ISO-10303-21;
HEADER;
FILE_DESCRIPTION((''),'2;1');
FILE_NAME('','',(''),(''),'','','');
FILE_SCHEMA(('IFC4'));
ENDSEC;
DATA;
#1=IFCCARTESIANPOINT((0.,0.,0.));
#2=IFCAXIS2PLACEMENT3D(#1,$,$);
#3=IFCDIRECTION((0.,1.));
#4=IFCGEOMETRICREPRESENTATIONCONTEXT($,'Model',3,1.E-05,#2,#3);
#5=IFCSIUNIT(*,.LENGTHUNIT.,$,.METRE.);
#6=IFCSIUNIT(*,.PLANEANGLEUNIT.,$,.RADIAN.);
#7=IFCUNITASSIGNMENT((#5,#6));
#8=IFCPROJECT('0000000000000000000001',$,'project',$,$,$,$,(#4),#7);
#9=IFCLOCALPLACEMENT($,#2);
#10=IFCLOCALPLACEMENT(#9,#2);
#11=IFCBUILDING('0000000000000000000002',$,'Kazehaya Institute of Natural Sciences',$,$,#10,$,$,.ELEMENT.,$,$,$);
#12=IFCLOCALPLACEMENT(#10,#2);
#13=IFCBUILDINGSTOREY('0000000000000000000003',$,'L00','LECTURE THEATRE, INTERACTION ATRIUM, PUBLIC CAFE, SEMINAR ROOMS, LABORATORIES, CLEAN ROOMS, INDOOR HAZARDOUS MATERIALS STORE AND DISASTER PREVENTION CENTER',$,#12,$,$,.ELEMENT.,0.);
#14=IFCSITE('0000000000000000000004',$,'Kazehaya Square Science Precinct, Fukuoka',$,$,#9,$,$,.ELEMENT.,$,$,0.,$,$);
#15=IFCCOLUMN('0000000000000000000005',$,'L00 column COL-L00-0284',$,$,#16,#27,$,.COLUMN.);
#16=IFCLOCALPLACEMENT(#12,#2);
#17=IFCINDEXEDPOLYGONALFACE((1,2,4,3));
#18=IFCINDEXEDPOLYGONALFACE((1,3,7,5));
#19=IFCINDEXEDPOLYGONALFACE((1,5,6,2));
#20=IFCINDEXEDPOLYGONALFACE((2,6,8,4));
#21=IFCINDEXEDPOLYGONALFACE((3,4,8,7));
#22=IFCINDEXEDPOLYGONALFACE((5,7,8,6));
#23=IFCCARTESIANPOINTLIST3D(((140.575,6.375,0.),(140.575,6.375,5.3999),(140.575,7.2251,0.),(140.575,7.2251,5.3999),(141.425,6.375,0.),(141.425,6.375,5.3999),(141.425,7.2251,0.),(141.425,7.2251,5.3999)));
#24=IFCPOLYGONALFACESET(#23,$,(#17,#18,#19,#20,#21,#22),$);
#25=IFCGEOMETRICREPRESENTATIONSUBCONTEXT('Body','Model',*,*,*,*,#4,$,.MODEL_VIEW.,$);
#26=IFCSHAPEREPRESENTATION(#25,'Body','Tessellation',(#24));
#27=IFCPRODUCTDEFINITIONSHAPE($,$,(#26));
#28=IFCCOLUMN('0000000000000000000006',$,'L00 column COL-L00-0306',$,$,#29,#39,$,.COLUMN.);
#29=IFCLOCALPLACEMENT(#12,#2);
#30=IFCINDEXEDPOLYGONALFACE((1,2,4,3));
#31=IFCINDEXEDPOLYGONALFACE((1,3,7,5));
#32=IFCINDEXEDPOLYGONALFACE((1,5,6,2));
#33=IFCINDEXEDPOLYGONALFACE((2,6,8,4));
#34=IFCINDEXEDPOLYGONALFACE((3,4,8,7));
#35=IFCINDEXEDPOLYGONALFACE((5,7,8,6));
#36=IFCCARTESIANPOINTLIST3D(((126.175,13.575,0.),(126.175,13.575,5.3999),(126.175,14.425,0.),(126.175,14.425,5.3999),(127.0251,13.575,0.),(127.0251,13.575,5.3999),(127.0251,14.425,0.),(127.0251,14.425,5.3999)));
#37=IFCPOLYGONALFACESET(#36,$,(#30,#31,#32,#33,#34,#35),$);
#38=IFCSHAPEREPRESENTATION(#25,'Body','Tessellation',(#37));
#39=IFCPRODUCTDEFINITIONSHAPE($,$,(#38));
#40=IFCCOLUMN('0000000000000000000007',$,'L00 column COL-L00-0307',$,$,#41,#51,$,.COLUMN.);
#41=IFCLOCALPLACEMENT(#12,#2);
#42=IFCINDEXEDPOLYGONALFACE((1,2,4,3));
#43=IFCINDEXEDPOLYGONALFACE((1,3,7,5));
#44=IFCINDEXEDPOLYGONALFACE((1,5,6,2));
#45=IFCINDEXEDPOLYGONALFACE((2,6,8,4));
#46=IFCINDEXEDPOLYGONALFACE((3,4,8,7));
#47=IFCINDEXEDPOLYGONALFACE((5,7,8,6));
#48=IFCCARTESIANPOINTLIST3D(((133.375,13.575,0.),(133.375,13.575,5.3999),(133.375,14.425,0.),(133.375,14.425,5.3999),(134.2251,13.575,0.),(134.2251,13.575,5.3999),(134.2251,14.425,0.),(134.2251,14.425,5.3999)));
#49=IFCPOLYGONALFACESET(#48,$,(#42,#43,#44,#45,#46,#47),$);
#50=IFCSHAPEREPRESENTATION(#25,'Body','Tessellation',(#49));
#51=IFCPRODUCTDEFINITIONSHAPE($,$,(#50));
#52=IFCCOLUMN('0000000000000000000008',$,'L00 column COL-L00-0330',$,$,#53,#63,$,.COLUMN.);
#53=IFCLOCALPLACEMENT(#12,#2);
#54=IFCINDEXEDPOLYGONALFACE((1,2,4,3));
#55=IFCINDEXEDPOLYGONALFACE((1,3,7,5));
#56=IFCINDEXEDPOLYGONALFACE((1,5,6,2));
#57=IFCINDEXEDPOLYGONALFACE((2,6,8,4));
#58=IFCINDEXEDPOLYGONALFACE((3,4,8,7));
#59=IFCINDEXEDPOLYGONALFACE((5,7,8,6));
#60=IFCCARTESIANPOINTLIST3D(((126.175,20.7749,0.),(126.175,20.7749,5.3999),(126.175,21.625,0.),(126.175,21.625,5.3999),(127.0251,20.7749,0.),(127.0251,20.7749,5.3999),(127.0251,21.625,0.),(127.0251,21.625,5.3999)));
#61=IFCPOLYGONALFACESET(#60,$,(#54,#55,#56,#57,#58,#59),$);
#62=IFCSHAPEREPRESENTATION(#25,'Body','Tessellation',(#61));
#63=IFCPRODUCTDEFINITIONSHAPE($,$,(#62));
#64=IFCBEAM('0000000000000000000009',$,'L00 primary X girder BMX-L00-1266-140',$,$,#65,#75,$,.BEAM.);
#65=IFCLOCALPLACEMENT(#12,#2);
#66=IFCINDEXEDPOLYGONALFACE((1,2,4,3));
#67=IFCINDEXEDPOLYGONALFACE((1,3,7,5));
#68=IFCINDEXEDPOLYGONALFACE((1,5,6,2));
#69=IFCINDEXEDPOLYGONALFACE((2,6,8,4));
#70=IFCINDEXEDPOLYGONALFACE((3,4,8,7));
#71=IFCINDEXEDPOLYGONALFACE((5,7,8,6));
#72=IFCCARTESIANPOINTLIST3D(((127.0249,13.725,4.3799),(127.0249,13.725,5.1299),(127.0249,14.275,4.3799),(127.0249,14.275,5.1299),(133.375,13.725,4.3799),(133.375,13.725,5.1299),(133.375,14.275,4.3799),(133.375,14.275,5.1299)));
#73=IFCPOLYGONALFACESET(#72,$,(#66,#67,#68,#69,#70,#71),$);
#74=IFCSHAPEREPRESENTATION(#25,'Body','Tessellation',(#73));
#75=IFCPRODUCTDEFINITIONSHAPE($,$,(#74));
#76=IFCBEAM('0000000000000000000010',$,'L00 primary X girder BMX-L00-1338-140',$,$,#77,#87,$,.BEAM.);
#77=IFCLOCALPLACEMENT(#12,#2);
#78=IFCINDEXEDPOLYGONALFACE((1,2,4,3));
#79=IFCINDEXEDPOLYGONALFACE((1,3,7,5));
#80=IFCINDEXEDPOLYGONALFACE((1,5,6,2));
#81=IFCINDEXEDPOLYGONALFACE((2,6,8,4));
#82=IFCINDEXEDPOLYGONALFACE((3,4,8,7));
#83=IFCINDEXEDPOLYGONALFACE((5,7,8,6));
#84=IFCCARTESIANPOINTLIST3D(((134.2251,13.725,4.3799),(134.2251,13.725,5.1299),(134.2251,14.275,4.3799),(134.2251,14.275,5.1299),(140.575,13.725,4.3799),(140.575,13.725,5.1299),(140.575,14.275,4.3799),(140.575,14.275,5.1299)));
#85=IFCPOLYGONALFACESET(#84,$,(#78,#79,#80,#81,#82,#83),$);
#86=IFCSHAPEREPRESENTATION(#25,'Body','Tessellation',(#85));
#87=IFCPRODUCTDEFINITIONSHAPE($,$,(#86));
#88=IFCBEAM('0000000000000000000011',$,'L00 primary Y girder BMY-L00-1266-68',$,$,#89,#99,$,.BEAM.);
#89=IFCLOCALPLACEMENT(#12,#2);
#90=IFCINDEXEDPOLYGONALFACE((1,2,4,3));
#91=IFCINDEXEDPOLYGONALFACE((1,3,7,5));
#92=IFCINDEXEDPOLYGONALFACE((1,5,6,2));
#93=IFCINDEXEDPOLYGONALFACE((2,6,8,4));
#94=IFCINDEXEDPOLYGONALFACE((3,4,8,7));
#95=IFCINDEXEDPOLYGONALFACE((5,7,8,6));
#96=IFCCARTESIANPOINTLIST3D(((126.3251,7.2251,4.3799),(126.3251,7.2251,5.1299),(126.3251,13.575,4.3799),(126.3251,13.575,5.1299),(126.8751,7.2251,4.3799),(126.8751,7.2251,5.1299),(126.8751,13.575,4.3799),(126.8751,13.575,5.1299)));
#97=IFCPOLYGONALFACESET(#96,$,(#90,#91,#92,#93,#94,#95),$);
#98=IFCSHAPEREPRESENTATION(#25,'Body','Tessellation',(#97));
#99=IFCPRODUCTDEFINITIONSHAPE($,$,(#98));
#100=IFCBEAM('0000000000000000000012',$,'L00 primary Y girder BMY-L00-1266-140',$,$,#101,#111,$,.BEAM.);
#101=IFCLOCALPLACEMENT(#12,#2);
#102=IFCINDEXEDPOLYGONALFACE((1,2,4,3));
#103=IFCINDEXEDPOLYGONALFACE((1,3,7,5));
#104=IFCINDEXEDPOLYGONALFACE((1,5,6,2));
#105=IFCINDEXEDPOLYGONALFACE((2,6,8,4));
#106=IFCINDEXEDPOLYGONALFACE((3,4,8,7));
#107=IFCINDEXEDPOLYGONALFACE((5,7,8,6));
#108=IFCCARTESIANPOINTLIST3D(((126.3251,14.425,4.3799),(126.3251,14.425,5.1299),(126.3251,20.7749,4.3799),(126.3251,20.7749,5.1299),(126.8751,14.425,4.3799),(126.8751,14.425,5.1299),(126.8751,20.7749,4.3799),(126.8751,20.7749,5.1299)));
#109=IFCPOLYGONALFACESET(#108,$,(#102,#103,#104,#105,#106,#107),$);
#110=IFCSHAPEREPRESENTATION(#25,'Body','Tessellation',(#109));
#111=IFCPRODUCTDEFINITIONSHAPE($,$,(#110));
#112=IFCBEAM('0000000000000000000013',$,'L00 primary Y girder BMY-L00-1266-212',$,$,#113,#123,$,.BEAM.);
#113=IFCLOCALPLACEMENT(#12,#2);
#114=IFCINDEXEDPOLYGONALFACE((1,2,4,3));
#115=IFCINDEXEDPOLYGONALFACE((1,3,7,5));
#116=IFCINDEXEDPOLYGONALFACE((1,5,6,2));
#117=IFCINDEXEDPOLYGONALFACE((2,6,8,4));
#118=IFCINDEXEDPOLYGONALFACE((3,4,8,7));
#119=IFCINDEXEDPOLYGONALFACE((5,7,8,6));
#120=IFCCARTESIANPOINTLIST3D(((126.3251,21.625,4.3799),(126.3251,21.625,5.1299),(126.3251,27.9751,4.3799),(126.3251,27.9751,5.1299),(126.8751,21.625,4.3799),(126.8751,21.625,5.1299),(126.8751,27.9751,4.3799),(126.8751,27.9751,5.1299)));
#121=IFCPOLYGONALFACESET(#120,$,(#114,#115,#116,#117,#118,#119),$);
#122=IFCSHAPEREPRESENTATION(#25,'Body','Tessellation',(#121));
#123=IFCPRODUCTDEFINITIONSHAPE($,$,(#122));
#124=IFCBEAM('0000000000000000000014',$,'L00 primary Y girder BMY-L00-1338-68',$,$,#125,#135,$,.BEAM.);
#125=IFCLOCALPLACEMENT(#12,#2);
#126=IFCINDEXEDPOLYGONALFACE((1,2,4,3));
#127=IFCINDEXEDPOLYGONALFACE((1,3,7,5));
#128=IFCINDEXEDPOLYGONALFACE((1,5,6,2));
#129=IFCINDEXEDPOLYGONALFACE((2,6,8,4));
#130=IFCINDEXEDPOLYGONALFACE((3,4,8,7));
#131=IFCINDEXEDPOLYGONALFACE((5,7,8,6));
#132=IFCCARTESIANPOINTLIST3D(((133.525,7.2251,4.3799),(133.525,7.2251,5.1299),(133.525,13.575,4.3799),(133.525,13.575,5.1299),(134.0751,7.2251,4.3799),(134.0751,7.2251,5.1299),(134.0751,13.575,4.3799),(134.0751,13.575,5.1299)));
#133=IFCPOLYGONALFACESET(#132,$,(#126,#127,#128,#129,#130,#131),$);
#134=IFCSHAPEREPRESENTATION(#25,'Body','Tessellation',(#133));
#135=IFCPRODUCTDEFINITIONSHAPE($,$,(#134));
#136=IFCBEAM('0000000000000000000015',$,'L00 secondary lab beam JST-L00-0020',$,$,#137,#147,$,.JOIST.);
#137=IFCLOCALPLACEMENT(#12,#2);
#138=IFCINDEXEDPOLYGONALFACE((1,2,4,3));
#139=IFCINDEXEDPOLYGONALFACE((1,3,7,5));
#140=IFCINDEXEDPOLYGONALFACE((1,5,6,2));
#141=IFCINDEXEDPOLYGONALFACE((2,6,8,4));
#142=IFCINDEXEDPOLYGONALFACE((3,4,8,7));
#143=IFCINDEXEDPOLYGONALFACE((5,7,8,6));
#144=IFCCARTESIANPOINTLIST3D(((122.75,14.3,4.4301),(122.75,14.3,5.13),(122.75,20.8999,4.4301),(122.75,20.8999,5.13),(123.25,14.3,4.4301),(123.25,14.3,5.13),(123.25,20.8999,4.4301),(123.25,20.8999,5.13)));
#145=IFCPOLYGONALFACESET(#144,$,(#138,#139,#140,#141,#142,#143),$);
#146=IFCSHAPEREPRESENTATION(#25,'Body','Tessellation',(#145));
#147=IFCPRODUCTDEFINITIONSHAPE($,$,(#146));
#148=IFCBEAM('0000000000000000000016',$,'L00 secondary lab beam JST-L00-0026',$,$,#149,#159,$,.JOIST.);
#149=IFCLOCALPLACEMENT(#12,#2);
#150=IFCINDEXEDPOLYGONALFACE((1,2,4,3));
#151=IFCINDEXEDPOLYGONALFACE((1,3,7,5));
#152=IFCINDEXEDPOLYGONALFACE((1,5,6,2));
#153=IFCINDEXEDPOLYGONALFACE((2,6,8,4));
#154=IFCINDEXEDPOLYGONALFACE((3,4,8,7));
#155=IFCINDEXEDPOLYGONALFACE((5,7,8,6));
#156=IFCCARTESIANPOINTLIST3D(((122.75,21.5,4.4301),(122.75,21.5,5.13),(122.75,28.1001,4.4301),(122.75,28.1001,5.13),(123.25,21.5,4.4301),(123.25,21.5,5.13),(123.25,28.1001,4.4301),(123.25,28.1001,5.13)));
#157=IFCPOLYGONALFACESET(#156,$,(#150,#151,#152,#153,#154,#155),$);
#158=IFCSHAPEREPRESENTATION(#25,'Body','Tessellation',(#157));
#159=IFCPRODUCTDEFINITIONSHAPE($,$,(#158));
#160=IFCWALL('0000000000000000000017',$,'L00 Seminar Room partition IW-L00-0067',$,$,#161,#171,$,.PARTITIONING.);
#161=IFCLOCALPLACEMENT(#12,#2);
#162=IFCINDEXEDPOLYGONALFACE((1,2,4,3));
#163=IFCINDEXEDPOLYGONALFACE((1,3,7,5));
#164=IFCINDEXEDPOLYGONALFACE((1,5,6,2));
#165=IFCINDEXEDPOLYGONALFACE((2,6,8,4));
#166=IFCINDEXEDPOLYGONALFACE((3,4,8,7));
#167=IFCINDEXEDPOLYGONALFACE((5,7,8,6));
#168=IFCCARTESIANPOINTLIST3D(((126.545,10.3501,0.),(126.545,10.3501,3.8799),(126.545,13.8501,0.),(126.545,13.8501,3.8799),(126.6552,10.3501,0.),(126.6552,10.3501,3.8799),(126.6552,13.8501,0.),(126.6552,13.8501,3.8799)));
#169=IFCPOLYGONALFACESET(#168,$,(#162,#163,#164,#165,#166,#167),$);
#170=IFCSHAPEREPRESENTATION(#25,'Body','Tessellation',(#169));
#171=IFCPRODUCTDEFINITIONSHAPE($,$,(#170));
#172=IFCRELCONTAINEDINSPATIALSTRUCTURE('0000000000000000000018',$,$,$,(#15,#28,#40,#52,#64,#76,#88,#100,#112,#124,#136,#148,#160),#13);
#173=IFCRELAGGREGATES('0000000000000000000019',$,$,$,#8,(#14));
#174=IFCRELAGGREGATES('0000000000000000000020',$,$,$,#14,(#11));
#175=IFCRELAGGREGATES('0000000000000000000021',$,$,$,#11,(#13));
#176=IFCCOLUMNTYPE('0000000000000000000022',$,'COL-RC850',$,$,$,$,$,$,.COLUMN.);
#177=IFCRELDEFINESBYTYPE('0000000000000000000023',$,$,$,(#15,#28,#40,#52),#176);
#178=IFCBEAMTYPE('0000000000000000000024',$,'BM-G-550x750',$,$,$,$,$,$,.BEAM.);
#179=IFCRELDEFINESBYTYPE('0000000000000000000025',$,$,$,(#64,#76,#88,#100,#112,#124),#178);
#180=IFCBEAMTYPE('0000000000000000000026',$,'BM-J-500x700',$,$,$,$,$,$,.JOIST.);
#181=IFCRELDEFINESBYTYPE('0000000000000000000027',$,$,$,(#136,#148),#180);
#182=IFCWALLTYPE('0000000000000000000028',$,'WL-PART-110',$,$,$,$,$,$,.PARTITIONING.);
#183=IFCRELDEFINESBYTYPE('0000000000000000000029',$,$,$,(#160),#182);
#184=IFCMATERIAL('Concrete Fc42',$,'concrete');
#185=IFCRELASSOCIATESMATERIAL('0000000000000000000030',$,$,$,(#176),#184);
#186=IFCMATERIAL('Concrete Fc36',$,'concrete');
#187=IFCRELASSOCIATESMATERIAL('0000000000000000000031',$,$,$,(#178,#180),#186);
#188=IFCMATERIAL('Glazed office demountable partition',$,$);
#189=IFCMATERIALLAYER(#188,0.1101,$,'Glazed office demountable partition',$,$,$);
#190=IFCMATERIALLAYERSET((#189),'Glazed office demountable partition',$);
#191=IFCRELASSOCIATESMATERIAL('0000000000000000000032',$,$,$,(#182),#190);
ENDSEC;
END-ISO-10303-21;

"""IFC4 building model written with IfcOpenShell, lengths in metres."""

from ifc_helpers import new_model, si_unit, direction, frame, frame_2d, origin, origin_2d, place, context, subcontext, project, spatial, rectangle, extrude, material, layer, layer_set, material_profile, profile_set, type_object, element, save


model = new_model("IFC4")

# Units and contexts
model_context = context("Model", 3, precision=1e-05, world=origin(), true_north=direction((0.0, 1.0)))
body_context = subcontext(model_context, "Body", "Model", "MODEL_VIEW")
ifc_project = project(units=[si_unit("LENGTHUNIT", "METRE"), si_unit("PLANEANGLEUNIT", "RADIAN")], contexts=[model_context])

# Site, building, storey
site_placement = place(None, origin())
site = spatial("IfcSite", under=ifc_project, at=site_placement, Name="Kazehaya Square Science Precinct, Fukuoka", CompositionType="ELEMENT", RefElevation=0.0)
building_placement = place(site_placement, origin())
building = spatial("IfcBuilding", under=site, at=building_placement, Name="Kazehaya Institute of Natural Sciences", CompositionType="ELEMENT")
storey_placement = place(building_placement, origin())
storey = spatial("IfcBuildingStorey", under=building, at=storey_placement, Name="L00", Description="LECTURE THEATRE, INTERACTION ATRIUM, PUBLIC CAFE, SEMINAR ROOMS, LABORATORIES, CLEAN ROOMS, INDOOR HAZARDOUS MATERIALS STORE AND DISASTER PREVENTION CENTER", CompositionType="ELEMENT", Elevation=0.0)

# Columns
ifc_material_1 = material(Name="Concrete Fc42", Category="concrete")
ifc_material_profile_1 = material_profile(ifc_material_1, rectangle(XDim=0.8501, YDim=0.8501, at=origin_2d()), Name="RC-850x850")
ifc_profile_set_1 = profile_set([ifc_material_profile_1], Name="Concrete Fc42")
column_type = type_object("IfcColumnType", Name="COL-RC850", PredefinedType="COLUMN", material=ifc_profile_set_1)
for number, where, z_axis, x_axis, name in (
    (1, (141.0, 6.8, 0.0), (0.0, 0.0, 1.0), (1.0, 0.0, 0.0), "L00 column COL-L00-0284"),
    (2, (126.6001, 14.0, 0.0), (0.0, 0.0, 1.0), (1.0, 0.0, 0.0), "L00 column COL-L00-0306"),
    (3, (133.8, 14.0, 0.0), (0.0, 0.0, 1.0), (1.0, 0.0, 0.0), "L00 column COL-L00-0307"),
    (4, (126.6001, 21.2, 0.0), (0.0, 0.0, 1.0), (1.0, 0.0, 0.0), "L00 column COL-L00-0330"),
):
    element("IfcColumn", number, at=place(storey_placement, frame(where, z_axis=z_axis, x_axis=x_axis)), inside=storey, type_object=column_type, Name=name, PredefinedType="COLUMN", context=body_context, shape_type="SweptSolid", body=[
        extrude(rectangle(XDim=0.8501, YDim=0.8501, at=origin_2d()), origin(), (0.0, 0.0, 1.0), 5.3999),
    ])

# Beams
ifc_material_2 = material(Name="Concrete Fc36", Category="concrete")
ifc_material_profile_2 = material_profile(ifc_material_2, rectangle(XDim=0.55, YDim=0.75, at=origin_2d()), Name="RC-550x750")
ifc_profile_set_2 = profile_set([ifc_material_profile_2], Name="Concrete Fc36")
beam_type_1 = type_object("IfcBeamType", Name="BM-G-550x750", PredefinedType="BEAM", material=ifc_profile_set_2)
beam_1_placement = place(storey_placement, frame((127.0249, 14.0, 4.7549), z_axis=(1.0, 0.0, 0.0), x_axis=(0.0, 1.0, 0.0)))
element("IfcBeam", 5, at=beam_1_placement, inside=storey, type_object=beam_type_1, Name="L00 primary X girder BMX-L00-1266-140", PredefinedType="BEAM", context=body_context, shape_type="SweptSolid", body=[
    extrude(rectangle(XDim=0.55, YDim=0.75, at=origin_2d()), origin(), (0.0, 0.0, 1.0), 6.3501),
])
for number, where, z_axis, x_axis, name in (
    (6, (134.2251, 14.0, 4.7549), (1.0, 0.0, 0.0), (0.0, 1.0, 0.0), "L00 primary X girder BMX-L00-1338-140"),
    (7, (126.6001, 7.2251, 4.7549), (0.0, 1.0, 0.0), (-1.0, 0.0, 0.0), "L00 primary Y girder BMY-L00-1266-68"),
    (8, (126.6001, 14.425, 4.7549), (0.0, 1.0, 0.0), (-1.0, 0.0, 0.0), "L00 primary Y girder BMY-L00-1266-140"),
):
    element("IfcBeam", number, at=place(storey_placement, frame(where, z_axis=z_axis, x_axis=x_axis)), inside=storey, type_object=beam_type_1, Name=name, PredefinedType="BEAM", context=body_context, shape_type="SweptSolid", body=[
        extrude(rectangle(XDim=0.55, YDim=0.75, at=origin_2d()), origin(), (0.0, 0.0, 1.0), 6.3499),
    ])
beam_2_placement = place(storey_placement, frame((126.6001, 21.625, 4.7549), z_axis=(0.0, 1.0, 0.0), x_axis=(-1.0, 0.0, 0.0)))
element("IfcBeam", 9, at=beam_2_placement, inside=storey, type_object=beam_type_1, Name="L00 primary Y girder BMY-L00-1266-212", PredefinedType="BEAM", context=body_context, shape_type="SweptSolid", body=[
    extrude(rectangle(XDim=0.55, YDim=0.75, at=origin_2d()), origin(), (0.0, 0.0, 1.0), 6.3501),
])
beam_3_placement = place(storey_placement, frame((133.8, 7.2251, 4.7549), z_axis=(0.0, 1.0, 0.0), x_axis=(-1.0, 0.0, 0.0)))
element("IfcBeam", 10, at=beam_3_placement, inside=storey, type_object=beam_type_1, Name="L00 primary Y girder BMY-L00-1338-68", PredefinedType="BEAM", context=body_context, shape_type="SweptSolid", body=[
    extrude(rectangle(XDim=0.55, YDim=0.75, at=origin_2d()), origin(), (0.0, 0.0, 1.0), 6.3499),
])
ifc_material_profile_3 = material_profile(ifc_material_2, rectangle(XDim=0.5, YDim=0.7, at=origin_2d()), Name="RC-500x700")
ifc_profile_set_3 = profile_set([ifc_material_profile_3], Name="Concrete Fc36")
beam_type_2 = type_object("IfcBeamType", Name="BM-J-500x700", PredefinedType="JOIST", material=ifc_profile_set_3)
beam_4_placement = place(storey_placement, frame((123.0, 14.3, 4.78), z_axis=(0.0, 1.0, 0.0), x_axis=(-1.0, 0.0, 0.0)))
element("IfcBeam", 11, at=beam_4_placement, inside=storey, type_object=beam_type_2, Name="L00 secondary lab beam JST-L00-0020", PredefinedType="JOIST", context=body_context, shape_type="SweptSolid", body=[
    extrude(rectangle(XDim=0.5, YDim=0.7, at=origin_2d()), origin(), (0.0, 0.0, 1.0), 6.5999),
])
beam_5_placement = place(storey_placement, frame((123.0, 21.5, 4.78), z_axis=(0.0, 1.0, 0.0), x_axis=(-1.0, 0.0, 0.0)))
element("IfcBeam", 12, at=beam_5_placement, inside=storey, type_object=beam_type_2, Name="L00 secondary lab beam JST-L00-0026", PredefinedType="JOIST", context=body_context, shape_type="SweptSolid", body=[
    extrude(rectangle(XDim=0.5, YDim=0.7, at=origin_2d()), origin(), (0.0, 0.0, 1.0), 6.6001),
])

# Wall
ifc_material_3 = material(Name="Glazed office demountable partition")
ifc_layer_1 = layer(ifc_material_3, 0.1101, Name="Glazed office demountable partition")
ifc_layer_set_1 = layer_set([ifc_layer_1], Name="Glazed office demountable partition")
wall_type_1 = type_object("IfcWallType", Name="WL-PART-110", PredefinedType="PARTITIONING", material=ifc_layer_set_1)
wall_1_placement = place(storey_placement, frame((126.6001, 10.3501, 0.0), z_axis=(0.0, 0.0, 1.0), x_axis=(0.0, 1.0, 0.0)))
element("IfcWall", 13, at=wall_1_placement, inside=storey, type_object=wall_type_1, Name="L00 Seminar Room partition IW-L00-0067", PredefinedType="PARTITIONING", context=body_context, shape_type="SweptSolid", body=[
    extrude(rectangle(XDim=3.5, YDim=0.1101, at=frame_2d((1.75, 0.0))), origin(), (0.0, 0.0, 1.0), 3.8799),
])

save(model, "model.ifc")
